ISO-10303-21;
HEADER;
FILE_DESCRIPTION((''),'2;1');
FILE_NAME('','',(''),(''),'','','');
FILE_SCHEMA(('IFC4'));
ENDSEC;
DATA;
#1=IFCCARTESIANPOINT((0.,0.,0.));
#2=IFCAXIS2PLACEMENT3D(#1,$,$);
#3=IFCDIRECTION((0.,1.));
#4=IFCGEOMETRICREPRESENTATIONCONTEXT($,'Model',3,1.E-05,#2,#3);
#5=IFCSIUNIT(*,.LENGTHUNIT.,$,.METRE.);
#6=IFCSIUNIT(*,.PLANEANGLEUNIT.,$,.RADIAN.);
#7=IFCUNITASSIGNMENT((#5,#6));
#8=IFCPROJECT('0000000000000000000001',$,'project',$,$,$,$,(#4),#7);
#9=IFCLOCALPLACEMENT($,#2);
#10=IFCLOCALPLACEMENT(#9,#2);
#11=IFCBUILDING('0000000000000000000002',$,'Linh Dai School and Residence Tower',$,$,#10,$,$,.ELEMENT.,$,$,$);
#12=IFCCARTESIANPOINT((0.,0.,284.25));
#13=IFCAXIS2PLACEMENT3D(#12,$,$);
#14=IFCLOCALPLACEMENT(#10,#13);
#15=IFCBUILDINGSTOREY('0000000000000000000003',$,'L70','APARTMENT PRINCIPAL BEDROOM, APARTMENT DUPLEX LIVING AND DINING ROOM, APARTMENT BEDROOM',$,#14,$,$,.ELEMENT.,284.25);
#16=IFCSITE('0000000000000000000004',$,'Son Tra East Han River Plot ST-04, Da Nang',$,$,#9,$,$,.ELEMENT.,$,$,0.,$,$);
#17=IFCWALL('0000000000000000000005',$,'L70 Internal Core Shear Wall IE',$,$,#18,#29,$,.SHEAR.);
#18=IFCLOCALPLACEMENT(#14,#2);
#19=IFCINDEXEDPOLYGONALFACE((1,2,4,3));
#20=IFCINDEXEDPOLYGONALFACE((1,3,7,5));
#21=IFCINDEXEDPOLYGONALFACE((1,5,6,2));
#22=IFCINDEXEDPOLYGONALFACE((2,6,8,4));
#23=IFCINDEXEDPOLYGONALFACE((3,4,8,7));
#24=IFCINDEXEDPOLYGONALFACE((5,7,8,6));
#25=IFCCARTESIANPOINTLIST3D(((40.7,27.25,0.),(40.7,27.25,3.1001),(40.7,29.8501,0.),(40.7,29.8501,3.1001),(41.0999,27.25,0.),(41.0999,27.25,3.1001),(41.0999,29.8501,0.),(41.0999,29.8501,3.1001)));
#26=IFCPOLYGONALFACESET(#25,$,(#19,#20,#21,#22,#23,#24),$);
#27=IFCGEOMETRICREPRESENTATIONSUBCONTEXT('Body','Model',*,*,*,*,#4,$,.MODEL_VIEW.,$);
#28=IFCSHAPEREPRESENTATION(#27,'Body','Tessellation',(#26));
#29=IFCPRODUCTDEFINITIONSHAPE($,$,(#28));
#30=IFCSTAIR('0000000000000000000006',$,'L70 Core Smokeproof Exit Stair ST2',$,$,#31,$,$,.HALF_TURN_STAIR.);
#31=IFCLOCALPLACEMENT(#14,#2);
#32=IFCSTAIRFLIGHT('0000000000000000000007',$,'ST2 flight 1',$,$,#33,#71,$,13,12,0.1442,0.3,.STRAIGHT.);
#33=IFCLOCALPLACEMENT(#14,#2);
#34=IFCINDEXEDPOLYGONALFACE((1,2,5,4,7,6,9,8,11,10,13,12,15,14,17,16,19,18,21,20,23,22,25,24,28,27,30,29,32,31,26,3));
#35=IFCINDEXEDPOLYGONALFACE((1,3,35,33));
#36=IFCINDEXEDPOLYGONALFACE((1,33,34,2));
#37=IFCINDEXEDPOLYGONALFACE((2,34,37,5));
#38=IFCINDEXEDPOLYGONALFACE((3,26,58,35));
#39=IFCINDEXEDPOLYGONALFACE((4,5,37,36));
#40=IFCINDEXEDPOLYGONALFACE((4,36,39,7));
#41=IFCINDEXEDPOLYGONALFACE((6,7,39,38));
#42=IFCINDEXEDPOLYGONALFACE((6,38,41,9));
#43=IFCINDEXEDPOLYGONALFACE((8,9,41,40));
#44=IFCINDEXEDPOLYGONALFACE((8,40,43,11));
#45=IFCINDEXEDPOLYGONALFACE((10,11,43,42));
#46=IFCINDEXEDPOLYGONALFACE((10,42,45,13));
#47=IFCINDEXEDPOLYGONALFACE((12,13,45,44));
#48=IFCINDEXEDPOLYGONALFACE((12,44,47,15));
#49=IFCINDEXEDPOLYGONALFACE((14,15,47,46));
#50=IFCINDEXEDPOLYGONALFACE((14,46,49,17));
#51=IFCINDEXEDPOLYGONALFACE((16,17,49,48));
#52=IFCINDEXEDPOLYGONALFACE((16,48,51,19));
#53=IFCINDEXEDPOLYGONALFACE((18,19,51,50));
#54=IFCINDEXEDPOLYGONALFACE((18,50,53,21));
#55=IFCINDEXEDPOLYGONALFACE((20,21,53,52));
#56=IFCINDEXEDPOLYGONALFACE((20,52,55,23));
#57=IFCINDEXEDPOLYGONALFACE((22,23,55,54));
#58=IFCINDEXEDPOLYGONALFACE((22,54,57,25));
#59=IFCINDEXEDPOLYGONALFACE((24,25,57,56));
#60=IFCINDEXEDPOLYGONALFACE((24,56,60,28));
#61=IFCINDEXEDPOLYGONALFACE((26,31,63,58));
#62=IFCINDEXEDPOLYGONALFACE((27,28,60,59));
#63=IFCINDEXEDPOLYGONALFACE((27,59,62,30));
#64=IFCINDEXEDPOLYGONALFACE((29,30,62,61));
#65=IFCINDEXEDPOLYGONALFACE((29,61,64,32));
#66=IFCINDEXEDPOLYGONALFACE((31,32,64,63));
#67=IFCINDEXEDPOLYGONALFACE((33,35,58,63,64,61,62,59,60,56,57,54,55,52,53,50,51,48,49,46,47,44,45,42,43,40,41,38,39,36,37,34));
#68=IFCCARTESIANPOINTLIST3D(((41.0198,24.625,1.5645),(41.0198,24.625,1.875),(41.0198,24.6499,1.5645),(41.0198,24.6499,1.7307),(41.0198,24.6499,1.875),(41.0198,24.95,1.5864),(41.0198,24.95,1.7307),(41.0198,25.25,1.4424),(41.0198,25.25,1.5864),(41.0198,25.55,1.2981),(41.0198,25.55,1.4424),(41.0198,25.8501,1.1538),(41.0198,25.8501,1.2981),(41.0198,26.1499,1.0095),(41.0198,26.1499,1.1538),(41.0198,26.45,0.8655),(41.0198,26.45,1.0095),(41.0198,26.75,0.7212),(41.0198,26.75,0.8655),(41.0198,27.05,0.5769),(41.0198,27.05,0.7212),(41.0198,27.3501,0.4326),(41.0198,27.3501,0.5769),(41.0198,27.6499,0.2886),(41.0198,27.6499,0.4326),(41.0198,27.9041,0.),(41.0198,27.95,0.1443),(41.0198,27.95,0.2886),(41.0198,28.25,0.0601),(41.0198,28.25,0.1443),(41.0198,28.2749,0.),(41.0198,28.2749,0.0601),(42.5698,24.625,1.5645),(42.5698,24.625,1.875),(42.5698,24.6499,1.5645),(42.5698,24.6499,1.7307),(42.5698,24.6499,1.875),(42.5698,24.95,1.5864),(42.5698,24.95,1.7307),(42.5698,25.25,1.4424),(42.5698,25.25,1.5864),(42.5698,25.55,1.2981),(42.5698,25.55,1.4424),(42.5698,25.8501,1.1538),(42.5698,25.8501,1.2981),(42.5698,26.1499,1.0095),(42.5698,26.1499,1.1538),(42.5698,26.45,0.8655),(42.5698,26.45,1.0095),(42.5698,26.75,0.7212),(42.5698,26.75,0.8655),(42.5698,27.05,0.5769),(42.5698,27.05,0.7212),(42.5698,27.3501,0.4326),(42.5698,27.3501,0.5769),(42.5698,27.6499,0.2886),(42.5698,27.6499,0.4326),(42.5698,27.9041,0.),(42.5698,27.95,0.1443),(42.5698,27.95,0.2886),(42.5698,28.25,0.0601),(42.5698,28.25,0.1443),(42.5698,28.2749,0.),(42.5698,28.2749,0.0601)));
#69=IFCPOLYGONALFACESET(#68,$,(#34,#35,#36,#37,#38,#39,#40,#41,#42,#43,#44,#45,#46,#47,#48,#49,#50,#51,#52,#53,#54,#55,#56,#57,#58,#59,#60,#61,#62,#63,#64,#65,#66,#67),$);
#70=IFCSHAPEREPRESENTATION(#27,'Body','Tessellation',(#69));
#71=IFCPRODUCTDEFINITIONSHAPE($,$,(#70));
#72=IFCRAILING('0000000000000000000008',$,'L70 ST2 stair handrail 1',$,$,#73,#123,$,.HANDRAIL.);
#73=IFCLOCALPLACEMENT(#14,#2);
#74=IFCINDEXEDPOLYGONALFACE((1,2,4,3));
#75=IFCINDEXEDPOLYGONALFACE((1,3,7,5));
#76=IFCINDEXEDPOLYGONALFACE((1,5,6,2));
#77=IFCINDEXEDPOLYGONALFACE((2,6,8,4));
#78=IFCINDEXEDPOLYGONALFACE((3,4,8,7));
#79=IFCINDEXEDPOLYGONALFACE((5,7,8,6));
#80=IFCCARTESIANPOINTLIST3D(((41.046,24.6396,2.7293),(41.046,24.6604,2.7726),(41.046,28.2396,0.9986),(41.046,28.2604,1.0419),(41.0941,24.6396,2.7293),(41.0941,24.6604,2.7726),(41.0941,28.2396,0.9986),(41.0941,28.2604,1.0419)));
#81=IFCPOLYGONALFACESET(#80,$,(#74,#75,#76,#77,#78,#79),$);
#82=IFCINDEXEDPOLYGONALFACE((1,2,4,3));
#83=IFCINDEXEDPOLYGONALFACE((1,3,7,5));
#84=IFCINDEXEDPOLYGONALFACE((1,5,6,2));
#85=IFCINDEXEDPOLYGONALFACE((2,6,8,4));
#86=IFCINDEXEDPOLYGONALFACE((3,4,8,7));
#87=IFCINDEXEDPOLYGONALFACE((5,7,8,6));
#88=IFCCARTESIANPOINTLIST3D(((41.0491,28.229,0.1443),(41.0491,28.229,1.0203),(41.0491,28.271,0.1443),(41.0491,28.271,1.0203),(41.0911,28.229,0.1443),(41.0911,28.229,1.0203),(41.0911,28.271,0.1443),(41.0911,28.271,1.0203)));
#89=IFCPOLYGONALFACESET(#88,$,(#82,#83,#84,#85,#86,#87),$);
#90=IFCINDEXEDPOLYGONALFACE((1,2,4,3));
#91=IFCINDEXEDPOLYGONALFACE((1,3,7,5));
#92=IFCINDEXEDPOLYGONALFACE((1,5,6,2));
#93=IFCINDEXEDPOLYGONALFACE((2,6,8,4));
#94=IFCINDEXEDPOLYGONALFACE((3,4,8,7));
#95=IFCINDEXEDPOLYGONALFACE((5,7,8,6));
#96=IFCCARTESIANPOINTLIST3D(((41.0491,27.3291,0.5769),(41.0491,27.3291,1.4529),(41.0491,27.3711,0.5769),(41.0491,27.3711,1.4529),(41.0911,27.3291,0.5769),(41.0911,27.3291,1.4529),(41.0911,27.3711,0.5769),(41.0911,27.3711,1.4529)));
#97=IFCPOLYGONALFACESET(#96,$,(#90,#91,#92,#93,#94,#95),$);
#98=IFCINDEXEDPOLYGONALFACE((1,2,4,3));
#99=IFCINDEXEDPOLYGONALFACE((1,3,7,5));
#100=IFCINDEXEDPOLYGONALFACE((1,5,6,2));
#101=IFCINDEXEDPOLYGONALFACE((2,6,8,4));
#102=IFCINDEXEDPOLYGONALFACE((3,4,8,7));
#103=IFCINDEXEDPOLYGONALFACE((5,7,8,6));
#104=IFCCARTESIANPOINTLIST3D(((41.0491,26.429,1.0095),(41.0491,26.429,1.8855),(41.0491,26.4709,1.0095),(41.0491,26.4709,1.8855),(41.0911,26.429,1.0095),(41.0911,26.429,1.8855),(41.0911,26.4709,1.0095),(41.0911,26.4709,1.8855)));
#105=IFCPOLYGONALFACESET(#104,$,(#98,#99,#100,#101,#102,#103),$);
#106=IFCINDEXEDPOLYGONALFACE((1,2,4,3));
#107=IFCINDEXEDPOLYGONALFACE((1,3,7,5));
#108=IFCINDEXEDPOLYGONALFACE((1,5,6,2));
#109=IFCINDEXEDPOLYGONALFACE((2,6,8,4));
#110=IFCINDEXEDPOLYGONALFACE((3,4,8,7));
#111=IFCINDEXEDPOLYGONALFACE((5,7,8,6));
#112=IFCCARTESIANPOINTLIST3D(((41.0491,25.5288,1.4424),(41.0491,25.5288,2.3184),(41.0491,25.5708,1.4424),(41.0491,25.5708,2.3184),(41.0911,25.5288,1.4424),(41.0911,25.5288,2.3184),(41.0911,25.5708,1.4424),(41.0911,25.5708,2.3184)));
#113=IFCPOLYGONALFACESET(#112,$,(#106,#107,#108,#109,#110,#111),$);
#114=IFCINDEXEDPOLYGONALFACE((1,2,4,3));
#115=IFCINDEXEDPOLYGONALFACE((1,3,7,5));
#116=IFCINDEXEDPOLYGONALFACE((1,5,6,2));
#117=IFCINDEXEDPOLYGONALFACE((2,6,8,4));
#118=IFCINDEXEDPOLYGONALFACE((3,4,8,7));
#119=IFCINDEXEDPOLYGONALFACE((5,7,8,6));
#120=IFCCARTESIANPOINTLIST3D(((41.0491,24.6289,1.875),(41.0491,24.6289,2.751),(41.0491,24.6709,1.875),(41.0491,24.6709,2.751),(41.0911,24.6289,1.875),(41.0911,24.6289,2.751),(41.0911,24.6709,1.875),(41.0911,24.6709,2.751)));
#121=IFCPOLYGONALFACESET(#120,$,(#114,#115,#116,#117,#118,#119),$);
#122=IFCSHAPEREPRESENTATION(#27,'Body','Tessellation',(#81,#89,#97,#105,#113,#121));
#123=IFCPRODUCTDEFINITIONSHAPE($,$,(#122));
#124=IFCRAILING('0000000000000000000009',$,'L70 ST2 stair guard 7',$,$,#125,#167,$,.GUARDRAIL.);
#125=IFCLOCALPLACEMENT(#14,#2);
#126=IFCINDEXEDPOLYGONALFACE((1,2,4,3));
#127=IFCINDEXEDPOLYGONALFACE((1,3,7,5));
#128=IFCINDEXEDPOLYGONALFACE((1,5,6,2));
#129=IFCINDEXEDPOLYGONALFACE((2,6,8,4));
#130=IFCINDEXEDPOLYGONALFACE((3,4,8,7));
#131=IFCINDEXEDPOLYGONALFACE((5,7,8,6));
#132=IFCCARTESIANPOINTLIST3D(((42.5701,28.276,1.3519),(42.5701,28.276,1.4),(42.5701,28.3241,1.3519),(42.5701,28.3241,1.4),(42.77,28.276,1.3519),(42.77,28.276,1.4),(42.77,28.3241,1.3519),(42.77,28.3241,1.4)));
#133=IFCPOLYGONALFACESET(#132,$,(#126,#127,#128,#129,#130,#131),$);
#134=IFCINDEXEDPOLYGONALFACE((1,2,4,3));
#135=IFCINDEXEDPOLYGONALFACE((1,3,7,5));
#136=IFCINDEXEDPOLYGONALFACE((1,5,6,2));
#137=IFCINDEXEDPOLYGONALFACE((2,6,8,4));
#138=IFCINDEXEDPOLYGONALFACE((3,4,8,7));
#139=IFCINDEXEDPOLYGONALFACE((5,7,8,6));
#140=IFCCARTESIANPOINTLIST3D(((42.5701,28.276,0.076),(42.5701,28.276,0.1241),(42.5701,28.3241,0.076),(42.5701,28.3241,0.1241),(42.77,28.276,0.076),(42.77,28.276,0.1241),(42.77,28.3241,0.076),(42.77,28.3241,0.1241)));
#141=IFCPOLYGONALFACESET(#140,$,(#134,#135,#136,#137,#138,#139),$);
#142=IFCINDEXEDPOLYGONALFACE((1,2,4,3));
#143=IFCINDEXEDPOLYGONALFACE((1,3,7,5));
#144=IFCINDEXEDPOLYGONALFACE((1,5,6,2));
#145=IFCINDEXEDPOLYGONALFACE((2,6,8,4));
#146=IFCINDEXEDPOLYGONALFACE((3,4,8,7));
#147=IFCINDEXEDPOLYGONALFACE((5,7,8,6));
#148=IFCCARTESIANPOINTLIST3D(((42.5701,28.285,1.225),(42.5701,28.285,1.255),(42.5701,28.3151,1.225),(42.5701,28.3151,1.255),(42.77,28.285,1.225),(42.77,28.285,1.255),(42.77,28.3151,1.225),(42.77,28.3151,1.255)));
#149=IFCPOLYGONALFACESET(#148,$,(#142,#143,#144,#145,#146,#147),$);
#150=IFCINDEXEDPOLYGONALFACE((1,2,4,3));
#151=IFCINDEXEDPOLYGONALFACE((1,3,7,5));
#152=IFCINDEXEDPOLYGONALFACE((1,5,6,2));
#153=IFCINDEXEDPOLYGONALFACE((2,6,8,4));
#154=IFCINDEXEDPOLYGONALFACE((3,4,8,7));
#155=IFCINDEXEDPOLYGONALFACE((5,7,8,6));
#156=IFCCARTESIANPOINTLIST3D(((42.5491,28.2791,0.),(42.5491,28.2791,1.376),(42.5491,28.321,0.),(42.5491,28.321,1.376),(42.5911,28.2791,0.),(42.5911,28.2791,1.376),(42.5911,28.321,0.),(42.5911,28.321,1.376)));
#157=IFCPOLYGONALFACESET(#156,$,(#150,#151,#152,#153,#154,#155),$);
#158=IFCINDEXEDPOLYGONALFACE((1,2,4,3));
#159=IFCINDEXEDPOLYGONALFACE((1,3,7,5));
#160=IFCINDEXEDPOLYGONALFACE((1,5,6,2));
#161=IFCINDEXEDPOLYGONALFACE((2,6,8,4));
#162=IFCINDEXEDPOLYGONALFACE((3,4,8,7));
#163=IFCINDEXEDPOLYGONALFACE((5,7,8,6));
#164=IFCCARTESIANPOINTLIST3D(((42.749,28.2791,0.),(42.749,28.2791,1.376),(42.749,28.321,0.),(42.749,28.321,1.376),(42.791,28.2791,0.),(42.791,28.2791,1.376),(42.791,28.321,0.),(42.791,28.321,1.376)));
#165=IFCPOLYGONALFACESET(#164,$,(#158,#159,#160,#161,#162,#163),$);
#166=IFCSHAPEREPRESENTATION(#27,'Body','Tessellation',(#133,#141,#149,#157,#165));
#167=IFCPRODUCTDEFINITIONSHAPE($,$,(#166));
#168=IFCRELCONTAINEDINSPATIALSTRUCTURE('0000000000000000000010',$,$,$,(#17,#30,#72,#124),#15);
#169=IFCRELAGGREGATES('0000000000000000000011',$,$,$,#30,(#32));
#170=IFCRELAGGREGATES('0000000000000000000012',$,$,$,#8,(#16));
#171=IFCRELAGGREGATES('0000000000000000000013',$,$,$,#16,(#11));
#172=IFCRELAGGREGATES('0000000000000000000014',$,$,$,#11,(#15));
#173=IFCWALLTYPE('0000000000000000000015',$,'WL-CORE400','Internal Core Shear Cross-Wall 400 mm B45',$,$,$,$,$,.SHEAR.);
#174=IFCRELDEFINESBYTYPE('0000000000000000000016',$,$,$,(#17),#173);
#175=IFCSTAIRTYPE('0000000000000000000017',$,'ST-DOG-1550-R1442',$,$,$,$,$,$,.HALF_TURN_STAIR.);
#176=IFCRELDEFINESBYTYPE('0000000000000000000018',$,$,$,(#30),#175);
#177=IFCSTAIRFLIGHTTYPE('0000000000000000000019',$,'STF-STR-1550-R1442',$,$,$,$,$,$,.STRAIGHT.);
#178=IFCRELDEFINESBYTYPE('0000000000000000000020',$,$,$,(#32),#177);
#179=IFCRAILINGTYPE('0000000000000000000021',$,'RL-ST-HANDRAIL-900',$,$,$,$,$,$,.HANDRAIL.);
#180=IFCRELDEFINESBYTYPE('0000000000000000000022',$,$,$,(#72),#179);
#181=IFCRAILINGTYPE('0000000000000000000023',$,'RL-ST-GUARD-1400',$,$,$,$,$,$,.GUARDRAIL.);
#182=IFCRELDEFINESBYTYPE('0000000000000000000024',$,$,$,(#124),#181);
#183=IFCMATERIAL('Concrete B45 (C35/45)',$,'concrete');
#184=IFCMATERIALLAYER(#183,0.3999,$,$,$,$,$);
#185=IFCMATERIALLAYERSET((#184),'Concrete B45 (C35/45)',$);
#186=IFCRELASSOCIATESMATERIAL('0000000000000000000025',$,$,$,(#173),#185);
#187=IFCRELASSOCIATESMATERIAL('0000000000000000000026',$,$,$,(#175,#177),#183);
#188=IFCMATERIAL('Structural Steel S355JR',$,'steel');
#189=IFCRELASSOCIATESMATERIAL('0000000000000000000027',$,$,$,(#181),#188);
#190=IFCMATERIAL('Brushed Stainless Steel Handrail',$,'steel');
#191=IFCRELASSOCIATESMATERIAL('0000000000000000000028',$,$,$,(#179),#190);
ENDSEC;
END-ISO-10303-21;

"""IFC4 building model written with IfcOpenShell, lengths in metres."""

from ifc_helpers import new_model, si_unit, direction, frame, frame_2d, origin, origin_2d, place, context, subcontext, project, spatial, polyline, rectangle, outline, extrude, source, transform, mapped, material, layer, layer_set, type_object, element, aggregate, save


model = new_model("IFC4")

# Units and contexts
model_context = context("Model", 3, precision=1e-05, world=origin(), true_north=direction((0.0, 1.0)))
body_context = subcontext(model_context, "Body", "Model", "MODEL_VIEW")
ifc_project = project(units=[si_unit("LENGTHUNIT", "METRE"), si_unit("PLANEANGLEUNIT", "RADIAN")], contexts=[model_context])

# Site, building, storey
site_placement = place(None, origin())
site = spatial("IfcSite", under=ifc_project, at=site_placement, Name="Son Tra East Han River Plot ST-04, Da Nang", CompositionType="ELEMENT", RefElevation=0.0)
building_placement = place(site_placement, origin())
building = spatial("IfcBuilding", under=site, at=building_placement, Name="Linh Dai School and Residence Tower", CompositionType="ELEMENT")
storey_placement = place(building_placement, frame((0.0, 0.0, 284.25)))
storey = spatial("IfcBuildingStorey", under=building, at=storey_placement, Name="L70", Description="APARTMENT PRINCIPAL BEDROOM, APARTMENT DUPLEX LIVING AND DINING ROOM, APARTMENT BEDROOM", CompositionType="ELEMENT", Elevation=284.25)

# Shared definitions
ifc_material_1 = material(Name="Structural Steel S355JR", Category="steel")

# Shared definitions
ifc_material_2 = material(Name="Concrete B45 (C35/45)", Category="concrete")

# Wall
ifc_layer_1 = layer(ifc_material_2, 0.3999)
ifc_layer_set_1 = layer_set([ifc_layer_1], Name="Concrete B45 (C35/45)")
wall_type_1 = type_object("IfcWallType", Name="WL-CORE400", Description="Internal Core Shear Cross-Wall 400 mm B45", PredefinedType="SHEAR", material=ifc_layer_set_1)
wall_1_placement = place(storey_placement, frame((40.8999, 27.25, 0.0), z_axis=(0.0, 0.0, 1.0), x_axis=(0.0, 1.0, 0.0)))
element("IfcWall", 1, at=wall_1_placement, inside=storey, type_object=wall_type_1, Name="L70 Internal Core Shear Wall IE", PredefinedType="SHEAR", context=body_context, shape_type="SweptSolid", body=[
    extrude(rectangle(XDim=2.6001, YDim=0.3999, at=frame_2d((1.3, 0.0))), origin(), (0.0, 0.0, 1.0), 3.1001),
])

# Stair, stair flight
stair_type = type_object("IfcStairType", Name="ST-DOG-1550-R1442", PredefinedType="HALF_TURN_STAIR", material=ifc_material_2)
stair_placement = place(storey_placement, origin())
stair = element("IfcStair", 2, at=stair_placement, inside=storey, type_object=stair_type, Name="L70 Core Smokeproof Exit Stair ST2", PredefinedType="HALF_TURN_STAIR")
stair_flight_type = type_object("IfcStairFlightType", Name="STF-STR-1550-R1442", PredefinedType="STRAIGHT", material=ifc_material_2)
shared_shape_1 = source(origin(), body_context, "Body", "SweptSolid", [
    extrude(outline(polyline([(-0.0249, 0.0), (-0.0249, 0.0601), (0.0, 0.0601), (0.0, 0.1443), (0.3, 0.1443), (0.3, 0.2886), (0.6001, 0.2886), (0.6001, 0.4326), (0.8999, 0.4326), (0.8999, 0.5769), (1.2, 0.5769), (1.2, 0.7212), (1.5, 0.7212), (1.5, 0.8655), (1.8, 0.8655), (1.8, 1.0095), (2.1001, 1.0095), (2.1001, 1.1538), (2.3999, 1.1538), (2.3999, 1.2981), (2.7, 1.2981), (2.7, 1.4424), (3.0, 1.4424), (3.0, 1.5864), (3.3, 1.5864), (3.3, 1.7307), (3.6001, 1.7307), (3.6001, 1.875), (3.625, 1.875), (3.625, 1.5645), (3.6001, 1.5645), (0.3459, 0.0), (-0.0249, 0.0)])), frame((0.0, 0.7749, 0.0), z_axis=(0.0, -1.0, 0.0), x_axis=(1.0, 0.0, 0.0)), (0.0, 0.0, 1.0), 1.55),
])
stair_flight_placement = place(storey_placement, frame((41.7949, 28.25, 0.0), z_axis=(0.0, 0.0, 1.0), x_axis=(0.0, -1.0, 0.0)))
stair_flight = element("IfcStairFlight", 3, at=stair_flight_placement, type_object=stair_flight_type, Name="ST2 flight 1", NumberOfRisers=13, NumberOfTreads=12, PredefinedType="STRAIGHT", RiserHeight=0.1442, TreadLength=0.3, context=body_context, shape_type="MappedRepresentation", body=[
    mapped(shared_shape_1, transform((0.0, 0.0, 0.0), x_axis=(1.0, 0.0, 0.0), y_axis=(0.0, 1.0, 0.0), z_axis=(0.0, 0.0, 1.0), scale=1.0)),
])
aggregate(stair, [stair_flight])

# Railings
railing_type_1 = type_object("IfcRailingType", Name="RL-ST-GUARD-1400", PredefinedType="GUARDRAIL", material=ifc_material_1)
ifc_material_3 = material(Name="Brushed Stainless Steel Handrail", Category="steel")
railing_type_2 = type_object("IfcRailingType", Name="RL-ST-HANDRAIL-900", PredefinedType="HANDRAIL", material=ifc_material_3)
shared_shape_2 = source(origin(), body_context, "Body", "SweptSolid", [
    extrude(rectangle(XDim=0.0481, YDim=0.0481, at=origin_2d()), frame((0.0, 0.0, 0.876), z_axis=(0.0, -0.901263, 0.433273), x_axis=(1.0, 0.0, 0.0)), (0.0, 0.0, 1.0), 3.9944),
    extrude(rectangle(XDim=0.042, YDim=0.042, at=origin_2d()), origin(), (0.0, 0.0, 1.0), 0.876),
    extrude(rectangle(XDim=0.042, YDim=0.042, at=origin_2d()), frame((0.0, -0.8999, 0.4326)), (0.0, 0.0, 1.0), 0.876),
    extrude(rectangle(XDim=0.042, YDim=0.042, at=origin_2d()), frame((0.0, -1.8, 0.8652)), (0.0, 0.0, 1.0), 0.876),
    extrude(rectangle(XDim=0.042, YDim=0.042, at=origin_2d()), frame((0.0, -2.7002, 1.2981)), (0.0, 0.0, 1.0), 0.876),
    extrude(rectangle(XDim=0.042, YDim=0.042, at=origin_2d()), frame((0.0, -3.6001, 1.7307)), (0.0, 0.0, 1.0), 0.876),
])
railing_1_placement = place(storey_placement, frame((41.0701, 28.25, 0.1443)))
element("IfcRailing", 4, at=railing_1_placement, inside=storey, type_object=railing_type_2, Name="L70 ST2 stair handrail 1", PredefinedType="HANDRAIL", context=body_context, shape_type="MappedRepresentation", body=[
    mapped(shared_shape_2, transform((0.0, 0.0, 0.0), x_axis=(1.0, 0.0, 0.0), y_axis=(0.0, 1.0, 0.0), z_axis=(0.0, 0.0, 1.0), scale=1.0)),
])
shared_shape_3 = source(origin(), body_context, "Body", "SweptSolid", [
    extrude(rectangle(XDim=0.0481, YDim=0.0481, at=origin_2d()), frame((0.0, 0.0, 1.376), z_axis=(1.0, 0.0, 0.0), x_axis=(0.0, 1.0, 0.0)), (0.0, 0.0, 1.0), 0.2),
    extrude(rectangle(XDim=0.0481, YDim=0.0481, at=origin_2d()), frame((0.0, 0.0, 0.1001), z_axis=(1.0, 0.0, 0.0), x_axis=(0.0, 1.0, 0.0)), (0.0, 0.0, 1.0), 0.2),
    extrude(rectangle(XDim=0.03, YDim=0.03, at=origin_2d()), frame((0.0, 0.0, 1.24), z_axis=(1.0, 0.0, 0.0), x_axis=(0.0, 1.0, 0.0)), (0.0, 0.0, 1.0), 0.2),
    extrude(rectangle(XDim=0.042, YDim=0.042, at=origin_2d()), origin(), (0.0, 0.0, 1.0), 1.376),
    extrude(rectangle(XDim=0.042, YDim=0.042, at=origin_2d()), frame((0.2, 0.0, 0.0)), (0.0, 0.0, 1.0), 1.376),
])
railing_2_placement = place(storey_placement, frame((42.5701, 28.3, 0.0)))
element("IfcRailing", 5, at=railing_2_placement, inside=storey, type_object=railing_type_1, Name="L70 ST2 stair guard 7", PredefinedType="GUARDRAIL", context=body_context, shape_type="MappedRepresentation", body=[
    mapped(shared_shape_3, transform((0.0, 0.0, 0.0), x_axis=(1.0, 0.0, 0.0), y_axis=(0.0, 1.0, 0.0), z_axis=(0.0, 0.0, 1.0), scale=1.0)),
])

save(model, "model.ifc")
